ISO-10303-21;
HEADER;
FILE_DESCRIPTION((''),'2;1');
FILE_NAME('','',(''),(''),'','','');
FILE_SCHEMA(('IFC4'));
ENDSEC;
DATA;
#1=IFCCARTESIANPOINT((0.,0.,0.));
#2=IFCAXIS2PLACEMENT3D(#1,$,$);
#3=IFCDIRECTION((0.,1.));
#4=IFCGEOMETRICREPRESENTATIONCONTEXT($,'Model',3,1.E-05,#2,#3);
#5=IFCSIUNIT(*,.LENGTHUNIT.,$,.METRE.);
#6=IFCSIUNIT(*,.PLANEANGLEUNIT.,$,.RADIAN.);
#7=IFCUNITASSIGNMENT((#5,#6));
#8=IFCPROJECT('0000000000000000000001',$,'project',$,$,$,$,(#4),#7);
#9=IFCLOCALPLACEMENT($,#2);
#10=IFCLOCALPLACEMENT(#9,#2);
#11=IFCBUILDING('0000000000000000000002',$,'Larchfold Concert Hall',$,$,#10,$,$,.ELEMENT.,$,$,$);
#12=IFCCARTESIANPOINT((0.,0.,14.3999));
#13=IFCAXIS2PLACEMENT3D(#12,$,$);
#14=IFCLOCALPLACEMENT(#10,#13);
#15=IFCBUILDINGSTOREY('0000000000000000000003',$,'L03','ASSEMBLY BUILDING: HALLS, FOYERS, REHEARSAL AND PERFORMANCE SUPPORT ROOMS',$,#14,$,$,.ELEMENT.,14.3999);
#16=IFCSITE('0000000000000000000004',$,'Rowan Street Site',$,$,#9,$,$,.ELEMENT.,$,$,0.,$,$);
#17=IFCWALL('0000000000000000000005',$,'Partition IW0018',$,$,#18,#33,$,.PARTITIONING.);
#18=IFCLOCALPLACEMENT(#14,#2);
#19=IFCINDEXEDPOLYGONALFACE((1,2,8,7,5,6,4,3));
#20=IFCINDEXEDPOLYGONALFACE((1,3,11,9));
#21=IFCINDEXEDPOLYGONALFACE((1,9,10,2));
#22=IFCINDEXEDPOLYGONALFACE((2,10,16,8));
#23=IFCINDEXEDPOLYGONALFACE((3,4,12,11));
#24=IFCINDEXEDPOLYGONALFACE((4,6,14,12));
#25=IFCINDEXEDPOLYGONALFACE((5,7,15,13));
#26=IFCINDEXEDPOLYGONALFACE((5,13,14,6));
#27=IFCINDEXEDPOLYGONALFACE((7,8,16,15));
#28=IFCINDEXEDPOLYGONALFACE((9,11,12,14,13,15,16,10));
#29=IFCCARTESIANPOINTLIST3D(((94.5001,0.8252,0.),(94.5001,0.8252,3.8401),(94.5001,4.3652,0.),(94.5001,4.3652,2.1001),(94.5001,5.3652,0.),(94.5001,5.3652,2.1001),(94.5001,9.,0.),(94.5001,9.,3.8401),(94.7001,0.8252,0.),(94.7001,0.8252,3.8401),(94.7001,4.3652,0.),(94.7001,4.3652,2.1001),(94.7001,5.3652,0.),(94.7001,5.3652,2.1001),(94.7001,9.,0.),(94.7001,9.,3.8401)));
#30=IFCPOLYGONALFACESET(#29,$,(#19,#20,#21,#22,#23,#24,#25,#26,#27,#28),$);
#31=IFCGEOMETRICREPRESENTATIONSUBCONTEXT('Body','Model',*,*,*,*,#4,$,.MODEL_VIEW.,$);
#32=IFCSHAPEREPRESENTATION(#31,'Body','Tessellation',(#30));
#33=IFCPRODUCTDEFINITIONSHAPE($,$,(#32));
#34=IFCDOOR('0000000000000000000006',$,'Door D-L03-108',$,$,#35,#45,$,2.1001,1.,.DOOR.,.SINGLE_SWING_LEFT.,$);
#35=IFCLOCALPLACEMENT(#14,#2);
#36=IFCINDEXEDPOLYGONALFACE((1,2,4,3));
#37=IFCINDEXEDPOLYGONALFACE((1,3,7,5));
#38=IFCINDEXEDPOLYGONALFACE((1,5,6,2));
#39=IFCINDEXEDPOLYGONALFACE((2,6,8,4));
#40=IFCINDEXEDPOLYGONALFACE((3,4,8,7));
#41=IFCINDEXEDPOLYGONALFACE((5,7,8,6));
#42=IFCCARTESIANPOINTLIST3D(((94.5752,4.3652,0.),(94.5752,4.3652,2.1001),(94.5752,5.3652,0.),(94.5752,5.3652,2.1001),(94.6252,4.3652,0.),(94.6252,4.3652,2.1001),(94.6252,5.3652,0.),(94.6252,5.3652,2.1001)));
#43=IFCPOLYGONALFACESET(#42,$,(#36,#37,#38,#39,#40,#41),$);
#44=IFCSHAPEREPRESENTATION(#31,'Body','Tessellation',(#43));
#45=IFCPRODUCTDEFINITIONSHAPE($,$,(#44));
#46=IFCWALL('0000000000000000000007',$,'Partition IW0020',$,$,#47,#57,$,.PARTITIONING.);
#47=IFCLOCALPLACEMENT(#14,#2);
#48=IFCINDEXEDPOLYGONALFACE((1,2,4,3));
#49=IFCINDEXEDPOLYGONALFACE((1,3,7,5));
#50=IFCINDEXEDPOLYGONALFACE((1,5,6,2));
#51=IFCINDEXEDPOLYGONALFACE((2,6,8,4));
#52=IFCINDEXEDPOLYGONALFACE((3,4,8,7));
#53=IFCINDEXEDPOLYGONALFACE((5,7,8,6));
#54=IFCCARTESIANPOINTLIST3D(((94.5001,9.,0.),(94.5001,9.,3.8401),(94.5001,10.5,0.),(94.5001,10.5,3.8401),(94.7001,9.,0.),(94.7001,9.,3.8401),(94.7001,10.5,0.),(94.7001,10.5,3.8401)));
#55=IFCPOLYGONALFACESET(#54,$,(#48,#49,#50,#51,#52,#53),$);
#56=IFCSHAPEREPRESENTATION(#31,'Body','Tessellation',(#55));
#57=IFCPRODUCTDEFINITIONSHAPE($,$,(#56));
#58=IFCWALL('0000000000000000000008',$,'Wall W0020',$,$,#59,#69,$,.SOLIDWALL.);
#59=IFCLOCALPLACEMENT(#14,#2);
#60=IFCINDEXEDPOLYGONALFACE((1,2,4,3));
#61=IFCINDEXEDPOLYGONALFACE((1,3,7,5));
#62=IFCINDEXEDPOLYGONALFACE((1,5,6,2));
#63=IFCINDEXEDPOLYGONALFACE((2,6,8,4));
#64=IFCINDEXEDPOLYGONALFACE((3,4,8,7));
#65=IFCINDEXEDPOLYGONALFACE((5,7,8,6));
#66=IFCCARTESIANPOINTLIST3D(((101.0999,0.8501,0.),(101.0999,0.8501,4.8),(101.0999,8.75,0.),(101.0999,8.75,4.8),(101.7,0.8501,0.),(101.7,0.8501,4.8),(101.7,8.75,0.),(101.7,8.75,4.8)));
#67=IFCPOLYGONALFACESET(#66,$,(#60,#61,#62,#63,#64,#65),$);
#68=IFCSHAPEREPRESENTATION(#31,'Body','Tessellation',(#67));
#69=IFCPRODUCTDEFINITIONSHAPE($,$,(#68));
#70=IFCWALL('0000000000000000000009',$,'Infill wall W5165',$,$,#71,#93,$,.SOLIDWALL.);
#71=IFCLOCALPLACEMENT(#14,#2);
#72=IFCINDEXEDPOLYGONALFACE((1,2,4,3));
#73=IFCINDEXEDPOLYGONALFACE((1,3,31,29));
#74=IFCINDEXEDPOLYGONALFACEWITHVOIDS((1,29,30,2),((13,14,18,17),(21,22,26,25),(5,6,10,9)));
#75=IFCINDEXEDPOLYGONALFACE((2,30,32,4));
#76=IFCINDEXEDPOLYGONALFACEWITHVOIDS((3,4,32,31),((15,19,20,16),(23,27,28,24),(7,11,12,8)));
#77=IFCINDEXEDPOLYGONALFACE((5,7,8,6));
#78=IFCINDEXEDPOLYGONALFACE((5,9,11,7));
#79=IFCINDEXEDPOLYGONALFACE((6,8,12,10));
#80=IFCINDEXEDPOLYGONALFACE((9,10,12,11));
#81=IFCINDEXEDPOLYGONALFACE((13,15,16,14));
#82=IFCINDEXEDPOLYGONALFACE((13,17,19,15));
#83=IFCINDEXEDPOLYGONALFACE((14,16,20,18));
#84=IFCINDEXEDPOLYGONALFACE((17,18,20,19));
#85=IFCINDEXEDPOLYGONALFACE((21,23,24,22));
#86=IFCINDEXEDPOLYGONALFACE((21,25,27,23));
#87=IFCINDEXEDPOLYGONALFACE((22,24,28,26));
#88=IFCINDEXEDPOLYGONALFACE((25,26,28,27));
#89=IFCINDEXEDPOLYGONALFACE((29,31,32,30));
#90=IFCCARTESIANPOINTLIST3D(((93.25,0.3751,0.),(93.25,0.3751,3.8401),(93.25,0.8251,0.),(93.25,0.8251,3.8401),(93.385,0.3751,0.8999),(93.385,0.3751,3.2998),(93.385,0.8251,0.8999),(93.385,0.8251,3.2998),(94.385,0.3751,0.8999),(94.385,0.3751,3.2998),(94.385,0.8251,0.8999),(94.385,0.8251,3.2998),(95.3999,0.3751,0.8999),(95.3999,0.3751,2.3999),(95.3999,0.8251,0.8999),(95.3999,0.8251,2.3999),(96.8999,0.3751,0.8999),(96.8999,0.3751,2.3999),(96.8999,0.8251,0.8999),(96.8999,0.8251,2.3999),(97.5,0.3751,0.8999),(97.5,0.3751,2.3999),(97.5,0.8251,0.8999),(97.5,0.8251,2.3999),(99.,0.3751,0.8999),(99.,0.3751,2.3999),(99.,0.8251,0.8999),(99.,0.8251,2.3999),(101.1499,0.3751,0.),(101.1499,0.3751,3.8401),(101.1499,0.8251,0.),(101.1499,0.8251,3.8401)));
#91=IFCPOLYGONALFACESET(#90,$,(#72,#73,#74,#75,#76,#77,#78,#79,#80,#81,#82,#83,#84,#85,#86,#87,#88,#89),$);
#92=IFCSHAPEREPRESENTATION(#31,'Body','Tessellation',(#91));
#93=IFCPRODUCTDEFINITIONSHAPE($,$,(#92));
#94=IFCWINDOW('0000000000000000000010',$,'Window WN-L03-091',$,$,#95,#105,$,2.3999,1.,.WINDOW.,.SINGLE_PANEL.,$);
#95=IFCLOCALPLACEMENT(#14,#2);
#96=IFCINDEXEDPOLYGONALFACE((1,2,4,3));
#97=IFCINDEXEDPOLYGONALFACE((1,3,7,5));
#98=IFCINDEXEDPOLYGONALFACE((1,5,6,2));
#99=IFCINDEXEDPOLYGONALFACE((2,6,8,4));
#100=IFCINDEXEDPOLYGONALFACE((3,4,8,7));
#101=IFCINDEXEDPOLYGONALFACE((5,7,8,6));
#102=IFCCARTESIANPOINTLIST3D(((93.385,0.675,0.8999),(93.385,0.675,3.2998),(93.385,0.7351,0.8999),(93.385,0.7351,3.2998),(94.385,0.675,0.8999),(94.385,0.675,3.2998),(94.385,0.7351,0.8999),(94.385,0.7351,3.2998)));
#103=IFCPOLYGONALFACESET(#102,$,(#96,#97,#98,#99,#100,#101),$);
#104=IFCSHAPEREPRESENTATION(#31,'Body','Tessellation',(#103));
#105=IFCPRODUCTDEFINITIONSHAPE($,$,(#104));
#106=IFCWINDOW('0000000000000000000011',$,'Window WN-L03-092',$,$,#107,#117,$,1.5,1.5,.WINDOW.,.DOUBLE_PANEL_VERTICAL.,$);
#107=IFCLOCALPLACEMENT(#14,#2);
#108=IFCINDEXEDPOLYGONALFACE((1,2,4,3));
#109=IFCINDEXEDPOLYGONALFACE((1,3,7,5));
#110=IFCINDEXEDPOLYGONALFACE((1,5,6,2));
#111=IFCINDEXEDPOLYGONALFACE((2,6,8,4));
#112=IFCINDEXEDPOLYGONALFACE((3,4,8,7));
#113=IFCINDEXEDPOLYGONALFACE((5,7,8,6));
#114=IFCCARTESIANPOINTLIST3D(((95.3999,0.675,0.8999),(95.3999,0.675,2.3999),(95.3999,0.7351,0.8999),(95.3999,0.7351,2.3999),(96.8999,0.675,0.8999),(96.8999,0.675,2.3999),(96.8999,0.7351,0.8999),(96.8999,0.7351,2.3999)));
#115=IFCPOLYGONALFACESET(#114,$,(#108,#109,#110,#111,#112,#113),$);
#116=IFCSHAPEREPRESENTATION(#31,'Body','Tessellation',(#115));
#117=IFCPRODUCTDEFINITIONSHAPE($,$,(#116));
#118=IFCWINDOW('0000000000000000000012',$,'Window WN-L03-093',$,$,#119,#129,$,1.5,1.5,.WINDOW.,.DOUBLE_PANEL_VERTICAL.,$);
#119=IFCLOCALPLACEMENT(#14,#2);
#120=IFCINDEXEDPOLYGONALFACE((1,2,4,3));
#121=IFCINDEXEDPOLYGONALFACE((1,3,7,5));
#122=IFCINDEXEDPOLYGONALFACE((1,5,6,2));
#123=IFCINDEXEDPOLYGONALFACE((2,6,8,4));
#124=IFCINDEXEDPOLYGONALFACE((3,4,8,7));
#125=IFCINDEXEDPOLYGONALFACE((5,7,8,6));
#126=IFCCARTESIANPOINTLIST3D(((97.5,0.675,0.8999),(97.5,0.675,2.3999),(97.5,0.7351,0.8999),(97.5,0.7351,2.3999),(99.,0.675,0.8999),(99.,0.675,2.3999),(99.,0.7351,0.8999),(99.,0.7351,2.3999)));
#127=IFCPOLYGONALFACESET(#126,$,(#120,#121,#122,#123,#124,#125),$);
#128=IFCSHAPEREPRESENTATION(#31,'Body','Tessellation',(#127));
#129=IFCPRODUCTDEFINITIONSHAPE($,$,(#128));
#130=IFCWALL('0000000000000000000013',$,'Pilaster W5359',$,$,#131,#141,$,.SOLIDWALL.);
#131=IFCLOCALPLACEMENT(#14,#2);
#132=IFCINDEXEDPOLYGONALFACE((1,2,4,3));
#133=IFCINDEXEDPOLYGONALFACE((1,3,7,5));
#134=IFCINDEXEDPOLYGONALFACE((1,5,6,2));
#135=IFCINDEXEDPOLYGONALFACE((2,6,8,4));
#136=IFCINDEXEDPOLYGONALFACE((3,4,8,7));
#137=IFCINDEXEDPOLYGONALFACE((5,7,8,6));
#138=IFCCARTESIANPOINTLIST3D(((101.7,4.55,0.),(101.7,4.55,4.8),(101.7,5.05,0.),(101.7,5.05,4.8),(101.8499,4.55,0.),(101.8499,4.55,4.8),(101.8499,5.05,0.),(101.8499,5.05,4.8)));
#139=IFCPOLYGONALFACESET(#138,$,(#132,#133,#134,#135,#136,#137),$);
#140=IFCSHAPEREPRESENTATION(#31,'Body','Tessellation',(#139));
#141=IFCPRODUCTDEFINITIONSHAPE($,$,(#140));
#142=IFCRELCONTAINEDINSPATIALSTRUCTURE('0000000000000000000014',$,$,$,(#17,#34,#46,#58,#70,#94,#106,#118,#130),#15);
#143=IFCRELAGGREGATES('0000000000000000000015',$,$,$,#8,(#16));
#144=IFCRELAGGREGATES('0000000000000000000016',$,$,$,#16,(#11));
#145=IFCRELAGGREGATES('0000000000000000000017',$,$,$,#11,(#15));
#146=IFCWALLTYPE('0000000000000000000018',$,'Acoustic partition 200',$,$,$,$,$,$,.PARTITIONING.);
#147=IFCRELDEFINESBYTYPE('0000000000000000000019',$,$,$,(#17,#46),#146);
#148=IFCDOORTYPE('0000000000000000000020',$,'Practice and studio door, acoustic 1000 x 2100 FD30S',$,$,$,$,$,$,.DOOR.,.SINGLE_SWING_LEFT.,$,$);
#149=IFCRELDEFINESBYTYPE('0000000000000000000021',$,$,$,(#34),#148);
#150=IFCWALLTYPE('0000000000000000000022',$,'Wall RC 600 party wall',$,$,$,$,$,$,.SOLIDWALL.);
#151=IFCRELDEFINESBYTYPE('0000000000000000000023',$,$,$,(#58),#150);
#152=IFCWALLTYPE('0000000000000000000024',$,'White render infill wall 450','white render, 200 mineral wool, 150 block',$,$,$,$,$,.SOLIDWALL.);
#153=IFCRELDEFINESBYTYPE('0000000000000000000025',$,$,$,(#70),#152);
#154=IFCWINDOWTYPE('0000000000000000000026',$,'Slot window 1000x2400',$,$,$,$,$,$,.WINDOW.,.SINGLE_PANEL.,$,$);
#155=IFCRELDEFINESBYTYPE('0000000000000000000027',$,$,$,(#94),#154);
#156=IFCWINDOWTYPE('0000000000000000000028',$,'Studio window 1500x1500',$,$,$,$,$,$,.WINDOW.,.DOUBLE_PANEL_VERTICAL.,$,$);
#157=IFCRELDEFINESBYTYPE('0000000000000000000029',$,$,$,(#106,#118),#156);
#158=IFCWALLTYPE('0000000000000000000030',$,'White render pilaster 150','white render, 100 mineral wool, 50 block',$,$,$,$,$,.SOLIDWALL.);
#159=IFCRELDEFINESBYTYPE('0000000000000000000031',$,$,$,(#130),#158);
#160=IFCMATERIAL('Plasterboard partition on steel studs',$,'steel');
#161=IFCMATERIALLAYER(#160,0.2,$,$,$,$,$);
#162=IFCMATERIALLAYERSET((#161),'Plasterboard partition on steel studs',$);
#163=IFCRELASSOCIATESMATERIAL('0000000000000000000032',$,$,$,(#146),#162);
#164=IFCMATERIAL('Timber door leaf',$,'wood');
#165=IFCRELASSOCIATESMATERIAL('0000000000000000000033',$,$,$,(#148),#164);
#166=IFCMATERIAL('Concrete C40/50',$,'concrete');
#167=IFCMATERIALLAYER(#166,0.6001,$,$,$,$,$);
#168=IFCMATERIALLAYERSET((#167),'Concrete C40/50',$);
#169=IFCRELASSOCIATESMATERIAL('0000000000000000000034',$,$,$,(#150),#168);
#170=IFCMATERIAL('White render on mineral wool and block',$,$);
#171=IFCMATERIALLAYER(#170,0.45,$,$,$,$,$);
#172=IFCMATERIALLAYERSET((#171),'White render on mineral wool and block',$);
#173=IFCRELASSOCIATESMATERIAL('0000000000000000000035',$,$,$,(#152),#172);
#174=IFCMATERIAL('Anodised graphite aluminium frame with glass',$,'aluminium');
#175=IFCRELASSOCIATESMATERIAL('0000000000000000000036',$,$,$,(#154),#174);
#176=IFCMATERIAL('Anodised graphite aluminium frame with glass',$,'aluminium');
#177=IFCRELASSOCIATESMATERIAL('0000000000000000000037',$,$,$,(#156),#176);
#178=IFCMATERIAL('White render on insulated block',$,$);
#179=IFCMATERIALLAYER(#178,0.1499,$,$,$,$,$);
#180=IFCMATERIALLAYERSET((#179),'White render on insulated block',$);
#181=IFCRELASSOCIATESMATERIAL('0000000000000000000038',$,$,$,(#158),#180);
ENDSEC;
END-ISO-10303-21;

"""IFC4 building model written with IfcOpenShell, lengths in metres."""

from ifc_helpers import new_model, si_unit, direction, frame, frame_2d, origin, place, context, subcontext, project, spatial, rectangle, extrude, material, layer, layer_set, type_object, element, fill, save


model = new_model("IFC4")

# Units and contexts
model_context = context("Model", 3, precision=1e-05, world=origin(), true_north=direction((0.0, 1.0)))
body_context = subcontext(model_context, "Body", "Model", "MODEL_VIEW")
ifc_project = project(units=[si_unit("LENGTHUNIT", "METRE"), si_unit("PLANEANGLEUNIT", "RADIAN")], contexts=[model_context])

# Site, building, storey
site_placement = place(None, origin())
site = spatial("IfcSite", under=ifc_project, at=site_placement, Name="Rowan Street Site", CompositionType="ELEMENT", RefElevation=0.0)
building_placement = place(site_placement, origin())
building = spatial("IfcBuilding", under=site, at=building_placement, Name="Larchfold Concert Hall", CompositionType="ELEMENT")
storey_placement = place(building_placement, frame((0.0, 0.0, 14.3999)))
storey = spatial("IfcBuildingStorey", under=building, at=storey_placement, Name="L03", Description="ASSEMBLY BUILDING: HALLS, FOYERS, REHEARSAL AND PERFORMANCE SUPPORT ROOMS", CompositionType="ELEMENT", Elevation=14.3999)

# Shared definitions
ifc_material_1 = material(Name="Plasterboard partition on steel studs", Category="steel")
ifc_layer_1 = layer(ifc_material_1, 0.2)
ifc_layer_set_1 = layer_set([ifc_layer_1], Name="Plasterboard partition on steel studs")
wall_type_1 = type_object("IfcWallType", Name="Acoustic partition 200", PredefinedType="PARTITIONING", material=ifc_layer_set_1)

# Wall, opening, door
wall_1_placement = place(storey_placement, frame((94.6001, 0.8252, 0.0), z_axis=(0.0, 0.0, 1.0), x_axis=(0.0, 1.0, 0.0)))
wall_1 = element("IfcWall", 1, at=wall_1_placement, inside=storey, type_object=wall_type_1, Name="Partition IW0018", PredefinedType="PARTITIONING", context=body_context, shape_type="SweptSolid", body=[
    extrude(rectangle(XDim=8.1748, YDim=0.2, at=frame_2d((4.0874, 0.0))), origin(), (0.0, 0.0, 1.0), 3.8401),
])
opening_1_placement = place(wall_1_placement, frame((3.54, 0.0, 0.0)))
opening_1 = element("IfcOpeningElement", 2, at=opening_1_placement, cuts=wall_1, PredefinedType="OPENING", context=body_context, shape_type="SweptSolid", body=[
    extrude(rectangle(XDim=1.0, YDim=2.1001, at=frame_2d((0.5, 1.05))), frame((0.0, 0.1099, 0.0), z_axis=(0.0, -1.0, 0.0), x_axis=(1.0, 0.0, 0.0)), (0.0, 0.0, 1.0), 0.22),
])
ifc_material_2 = material(Name="Timber door leaf", Category="wood")
door_type = type_object("IfcDoorType", Name="Practice and studio door, acoustic 1000 x 2100 FD30S", OperationType="SINGLE_SWING_LEFT", PredefinedType="DOOR", material=ifc_material_2)
door_placement = place(opening_1_placement, origin())
door = element("IfcDoor", 3, at=door_placement, inside=storey, type_object=door_type, Name="Door D-L03-108", OperationType="SINGLE_SWING_LEFT", OverallHeight=2.1001, OverallWidth=1.0, PredefinedType="DOOR", context=body_context, shape_type="SweptSolid", body=[
    extrude(rectangle(XDim=1.0, YDim=2.1001, at=frame_2d((0.5, 1.05))), frame((0.0, 0.0249, 0.0), z_axis=(0.0, -1.0, 0.0), x_axis=(1.0, 0.0, 0.0)), (0.0, 0.0, 1.0), 0.05),
])
fill(opening_1, door)

# Walls
wall_2_placement = place(storey_placement, frame((94.6001, 9.0, 0.0), z_axis=(0.0, 0.0, 1.0), x_axis=(0.0, 1.0, 0.0)))
element("IfcWall", 4, at=wall_2_placement, inside=storey, type_object=wall_type_1, Name="Partition IW0020", PredefinedType="PARTITIONING", context=body_context, shape_type="SweptSolid", body=[
    extrude(rectangle(XDim=1.5, YDim=0.2, at=frame_2d((0.75, 0.0))), origin(), (0.0, 0.0, 1.0), 3.8401),
])
ifc_material_3 = material(Name="Concrete C40/50", Category="concrete")
ifc_layer_2 = layer(ifc_material_3, 0.6001)
ifc_layer_set_2 = layer_set([ifc_layer_2], Name="Concrete C40/50")
wall_type_2 = type_object("IfcWallType", Name="Wall RC 600 party wall", PredefinedType="SOLIDWALL", material=ifc_layer_set_2)
wall_3_placement = place(storey_placement, frame((101.3999, 0.8501, 0.0), z_axis=(0.0, 0.0, 1.0), x_axis=(0.0, 1.0, 0.0)))
element("IfcWall", 5, at=wall_3_placement, inside=storey, type_object=wall_type_2, Name="Wall W0020", PredefinedType="SOLIDWALL", context=body_context, shape_type="SweptSolid", body=[
    extrude(rectangle(XDim=7.8999, YDim=0.6001, at=frame_2d((3.95, 0.0))), origin(), (0.0, 0.0, 1.0), 4.8),
])

# Wall, openings, windows
ifc_material_4 = material(Name="White render on mineral wool and block")
ifc_layer_3 = layer(ifc_material_4, 0.45)
ifc_layer_set_3 = layer_set([ifc_layer_3], Name="White render on mineral wool and block")
wall_type_3 = type_object("IfcWallType", Name="White render infill wall 450", Description="white render, 200 mineral wool, 150 block", PredefinedType="SOLIDWALL", material=ifc_layer_set_3)
wall_4_placement = place(storey_placement, frame((93.25, 0.6001, 0.0), z_axis=(0.0, 0.0, 1.0), x_axis=(1.0, 0.0, 0.0)))
wall_4 = element("IfcWall", 6, at=wall_4_placement, inside=storey, type_object=wall_type_3, Name="Infill wall W5165", PredefinedType="SOLIDWALL", context=body_context, shape_type="SweptSolid", body=[
    extrude(rectangle(XDim=7.8999, YDim=0.45, at=frame_2d((3.95, 0.0))), origin(), (0.0, 0.0, 1.0), 3.8401),
])
opening_2_placement = place(wall_4_placement, frame((0.135, 0.0, 0.8999)))
opening_2 = element("IfcOpeningElement", 7, at=opening_2_placement, cuts=wall_4, PredefinedType="OPENING", context=body_context, shape_type="SweptSolid", body=[
    extrude(rectangle(XDim=1.0, YDim=2.3999, at=frame_2d((0.5, 1.2))), frame((0.0, 0.2349, 0.0), z_axis=(0.0, -1.0, 0.0), x_axis=(1.0, 0.0, 0.0)), (0.0, 0.0, 1.0), 0.47),
])
opening_3_placement = place(wall_4_placement, frame((2.1499, 0.0, 0.8999)))
opening_3 = element("IfcOpeningElement", 8, at=opening_3_placement, cuts=wall_4, PredefinedType="OPENING", context=body_context, shape_type="SweptSolid", body=[
    extrude(rectangle(XDim=1.5, YDim=1.5, at=frame_2d((0.75, 0.75))), frame((0.0, 0.2349, 0.0), z_axis=(0.0, -1.0, 0.0), x_axis=(1.0, 0.0, 0.0)), (0.0, 0.0, 1.0), 0.47),
])
opening_4_placement = place(wall_4_placement, frame((4.25, 0.0, 0.8999)))
opening_4 = element("IfcOpeningElement", 9, at=opening_4_placement, cuts=wall_4, PredefinedType="OPENING", context=body_context, shape_type="SweptSolid", body=[
    extrude(rectangle(XDim=1.5, YDim=1.5, at=frame_2d((0.75, 0.75))), frame((0.0, 0.2349, 0.0), z_axis=(0.0, -1.0, 0.0), x_axis=(1.0, 0.0, 0.0)), (0.0, 0.0, 1.0), 0.47),
])
ifc_material_5 = material(Name="Anodised graphite aluminium frame with glass", Category="aluminium")
window_type_1 = type_object("IfcWindowType", Name="Slot window 1000x2400", PartitioningType="SINGLE_PANEL", PredefinedType="WINDOW", material=ifc_material_5)
window_1_placement = place(opening_2_placement, origin())
window_1 = element("IfcWindow", 10, at=window_1_placement, inside=storey, type_object=window_type_1, Name="Window WN-L03-091", OverallHeight=2.3999, OverallWidth=1.0, PartitioningType="SINGLE_PANEL", PredefinedType="WINDOW", context=body_context, shape_type="SweptSolid", body=[
    extrude(rectangle(XDim=1.0, YDim=2.3999, at=frame_2d((0.5, 1.2))), frame((0.0, 0.135, 0.0), z_axis=(0.0, -1.0, 0.0), x_axis=(1.0, 0.0, 0.0)), (0.0, 0.0, 1.0), 0.0601),
])
fill(opening_2, window_1)
ifc_material_6 = material(Name="Anodised graphite aluminium frame with glass", Category="aluminium")
window_type_2 = type_object("IfcWindowType", Name="Studio window 1500x1500", PartitioningType="DOUBLE_PANEL_VERTICAL", PredefinedType="WINDOW", material=ifc_material_6)
window_2_placement = place(opening_3_placement, origin())
window_2 = element("IfcWindow", 11, at=window_2_placement, inside=storey, type_object=window_type_2, Name="Window WN-L03-092", OverallHeight=1.5, OverallWidth=1.5, PartitioningType="DOUBLE_PANEL_VERTICAL", PredefinedType="WINDOW", context=body_context, shape_type="SweptSolid", body=[
    extrude(rectangle(XDim=1.5, YDim=1.5, at=frame_2d((0.75, 0.75))), frame((0.0, 0.135, 0.0), z_axis=(0.0, -1.0, 0.0), x_axis=(1.0, 0.0, 0.0)), (0.0, 0.0, 1.0), 0.0601),
])
fill(opening_3, window_2)
window_3_placement = place(opening_4_placement, origin())
window_3 = element("IfcWindow", 12, at=window_3_placement, inside=storey, type_object=window_type_2, Name="Window WN-L03-093", OverallHeight=1.5, OverallWidth=1.5, PartitioningType="DOUBLE_PANEL_VERTICAL", PredefinedType="WINDOW", context=body_context, shape_type="SweptSolid", body=[
    extrude(rectangle(XDim=1.5, YDim=1.5, at=frame_2d((0.75, 0.75))), frame((0.0, 0.135, 0.0), z_axis=(0.0, -1.0, 0.0), x_axis=(1.0, 0.0, 0.0)), (0.0, 0.0, 1.0), 0.0601),
])
fill(opening_4, window_3)

# Wall
ifc_material_7 = material(Name="White render on insulated block")
ifc_layer_4 = layer(ifc_material_7, 0.1499)
ifc_layer_set_4 = layer_set([ifc_layer_4], Name="White render on insulated block")
wall_type_4 = type_object("IfcWallType", Name="White render pilaster 150", Description="white render, 100 mineral wool, 50 block", PredefinedType="SOLIDWALL", material=ifc_layer_set_4)
wall_5_placement = place(storey_placement, frame((101.7749, 4.55, 0.0), z_axis=(0.0, 0.0, 1.0), x_axis=(0.0, 1.0, 0.0)))
element("IfcWall", 13, at=wall_5_placement, inside=storey, type_object=wall_type_4, Name="Pilaster W5359", PredefinedType="SOLIDWALL", context=body_context, shape_type="SweptSolid", body=[
    extrude(rectangle(XDim=0.5, YDim=0.1499, at=frame_2d((0.25, 0.0))), origin(), (0.0, 0.0, 1.0), 4.8),
])

save(model, "model.ifc")
